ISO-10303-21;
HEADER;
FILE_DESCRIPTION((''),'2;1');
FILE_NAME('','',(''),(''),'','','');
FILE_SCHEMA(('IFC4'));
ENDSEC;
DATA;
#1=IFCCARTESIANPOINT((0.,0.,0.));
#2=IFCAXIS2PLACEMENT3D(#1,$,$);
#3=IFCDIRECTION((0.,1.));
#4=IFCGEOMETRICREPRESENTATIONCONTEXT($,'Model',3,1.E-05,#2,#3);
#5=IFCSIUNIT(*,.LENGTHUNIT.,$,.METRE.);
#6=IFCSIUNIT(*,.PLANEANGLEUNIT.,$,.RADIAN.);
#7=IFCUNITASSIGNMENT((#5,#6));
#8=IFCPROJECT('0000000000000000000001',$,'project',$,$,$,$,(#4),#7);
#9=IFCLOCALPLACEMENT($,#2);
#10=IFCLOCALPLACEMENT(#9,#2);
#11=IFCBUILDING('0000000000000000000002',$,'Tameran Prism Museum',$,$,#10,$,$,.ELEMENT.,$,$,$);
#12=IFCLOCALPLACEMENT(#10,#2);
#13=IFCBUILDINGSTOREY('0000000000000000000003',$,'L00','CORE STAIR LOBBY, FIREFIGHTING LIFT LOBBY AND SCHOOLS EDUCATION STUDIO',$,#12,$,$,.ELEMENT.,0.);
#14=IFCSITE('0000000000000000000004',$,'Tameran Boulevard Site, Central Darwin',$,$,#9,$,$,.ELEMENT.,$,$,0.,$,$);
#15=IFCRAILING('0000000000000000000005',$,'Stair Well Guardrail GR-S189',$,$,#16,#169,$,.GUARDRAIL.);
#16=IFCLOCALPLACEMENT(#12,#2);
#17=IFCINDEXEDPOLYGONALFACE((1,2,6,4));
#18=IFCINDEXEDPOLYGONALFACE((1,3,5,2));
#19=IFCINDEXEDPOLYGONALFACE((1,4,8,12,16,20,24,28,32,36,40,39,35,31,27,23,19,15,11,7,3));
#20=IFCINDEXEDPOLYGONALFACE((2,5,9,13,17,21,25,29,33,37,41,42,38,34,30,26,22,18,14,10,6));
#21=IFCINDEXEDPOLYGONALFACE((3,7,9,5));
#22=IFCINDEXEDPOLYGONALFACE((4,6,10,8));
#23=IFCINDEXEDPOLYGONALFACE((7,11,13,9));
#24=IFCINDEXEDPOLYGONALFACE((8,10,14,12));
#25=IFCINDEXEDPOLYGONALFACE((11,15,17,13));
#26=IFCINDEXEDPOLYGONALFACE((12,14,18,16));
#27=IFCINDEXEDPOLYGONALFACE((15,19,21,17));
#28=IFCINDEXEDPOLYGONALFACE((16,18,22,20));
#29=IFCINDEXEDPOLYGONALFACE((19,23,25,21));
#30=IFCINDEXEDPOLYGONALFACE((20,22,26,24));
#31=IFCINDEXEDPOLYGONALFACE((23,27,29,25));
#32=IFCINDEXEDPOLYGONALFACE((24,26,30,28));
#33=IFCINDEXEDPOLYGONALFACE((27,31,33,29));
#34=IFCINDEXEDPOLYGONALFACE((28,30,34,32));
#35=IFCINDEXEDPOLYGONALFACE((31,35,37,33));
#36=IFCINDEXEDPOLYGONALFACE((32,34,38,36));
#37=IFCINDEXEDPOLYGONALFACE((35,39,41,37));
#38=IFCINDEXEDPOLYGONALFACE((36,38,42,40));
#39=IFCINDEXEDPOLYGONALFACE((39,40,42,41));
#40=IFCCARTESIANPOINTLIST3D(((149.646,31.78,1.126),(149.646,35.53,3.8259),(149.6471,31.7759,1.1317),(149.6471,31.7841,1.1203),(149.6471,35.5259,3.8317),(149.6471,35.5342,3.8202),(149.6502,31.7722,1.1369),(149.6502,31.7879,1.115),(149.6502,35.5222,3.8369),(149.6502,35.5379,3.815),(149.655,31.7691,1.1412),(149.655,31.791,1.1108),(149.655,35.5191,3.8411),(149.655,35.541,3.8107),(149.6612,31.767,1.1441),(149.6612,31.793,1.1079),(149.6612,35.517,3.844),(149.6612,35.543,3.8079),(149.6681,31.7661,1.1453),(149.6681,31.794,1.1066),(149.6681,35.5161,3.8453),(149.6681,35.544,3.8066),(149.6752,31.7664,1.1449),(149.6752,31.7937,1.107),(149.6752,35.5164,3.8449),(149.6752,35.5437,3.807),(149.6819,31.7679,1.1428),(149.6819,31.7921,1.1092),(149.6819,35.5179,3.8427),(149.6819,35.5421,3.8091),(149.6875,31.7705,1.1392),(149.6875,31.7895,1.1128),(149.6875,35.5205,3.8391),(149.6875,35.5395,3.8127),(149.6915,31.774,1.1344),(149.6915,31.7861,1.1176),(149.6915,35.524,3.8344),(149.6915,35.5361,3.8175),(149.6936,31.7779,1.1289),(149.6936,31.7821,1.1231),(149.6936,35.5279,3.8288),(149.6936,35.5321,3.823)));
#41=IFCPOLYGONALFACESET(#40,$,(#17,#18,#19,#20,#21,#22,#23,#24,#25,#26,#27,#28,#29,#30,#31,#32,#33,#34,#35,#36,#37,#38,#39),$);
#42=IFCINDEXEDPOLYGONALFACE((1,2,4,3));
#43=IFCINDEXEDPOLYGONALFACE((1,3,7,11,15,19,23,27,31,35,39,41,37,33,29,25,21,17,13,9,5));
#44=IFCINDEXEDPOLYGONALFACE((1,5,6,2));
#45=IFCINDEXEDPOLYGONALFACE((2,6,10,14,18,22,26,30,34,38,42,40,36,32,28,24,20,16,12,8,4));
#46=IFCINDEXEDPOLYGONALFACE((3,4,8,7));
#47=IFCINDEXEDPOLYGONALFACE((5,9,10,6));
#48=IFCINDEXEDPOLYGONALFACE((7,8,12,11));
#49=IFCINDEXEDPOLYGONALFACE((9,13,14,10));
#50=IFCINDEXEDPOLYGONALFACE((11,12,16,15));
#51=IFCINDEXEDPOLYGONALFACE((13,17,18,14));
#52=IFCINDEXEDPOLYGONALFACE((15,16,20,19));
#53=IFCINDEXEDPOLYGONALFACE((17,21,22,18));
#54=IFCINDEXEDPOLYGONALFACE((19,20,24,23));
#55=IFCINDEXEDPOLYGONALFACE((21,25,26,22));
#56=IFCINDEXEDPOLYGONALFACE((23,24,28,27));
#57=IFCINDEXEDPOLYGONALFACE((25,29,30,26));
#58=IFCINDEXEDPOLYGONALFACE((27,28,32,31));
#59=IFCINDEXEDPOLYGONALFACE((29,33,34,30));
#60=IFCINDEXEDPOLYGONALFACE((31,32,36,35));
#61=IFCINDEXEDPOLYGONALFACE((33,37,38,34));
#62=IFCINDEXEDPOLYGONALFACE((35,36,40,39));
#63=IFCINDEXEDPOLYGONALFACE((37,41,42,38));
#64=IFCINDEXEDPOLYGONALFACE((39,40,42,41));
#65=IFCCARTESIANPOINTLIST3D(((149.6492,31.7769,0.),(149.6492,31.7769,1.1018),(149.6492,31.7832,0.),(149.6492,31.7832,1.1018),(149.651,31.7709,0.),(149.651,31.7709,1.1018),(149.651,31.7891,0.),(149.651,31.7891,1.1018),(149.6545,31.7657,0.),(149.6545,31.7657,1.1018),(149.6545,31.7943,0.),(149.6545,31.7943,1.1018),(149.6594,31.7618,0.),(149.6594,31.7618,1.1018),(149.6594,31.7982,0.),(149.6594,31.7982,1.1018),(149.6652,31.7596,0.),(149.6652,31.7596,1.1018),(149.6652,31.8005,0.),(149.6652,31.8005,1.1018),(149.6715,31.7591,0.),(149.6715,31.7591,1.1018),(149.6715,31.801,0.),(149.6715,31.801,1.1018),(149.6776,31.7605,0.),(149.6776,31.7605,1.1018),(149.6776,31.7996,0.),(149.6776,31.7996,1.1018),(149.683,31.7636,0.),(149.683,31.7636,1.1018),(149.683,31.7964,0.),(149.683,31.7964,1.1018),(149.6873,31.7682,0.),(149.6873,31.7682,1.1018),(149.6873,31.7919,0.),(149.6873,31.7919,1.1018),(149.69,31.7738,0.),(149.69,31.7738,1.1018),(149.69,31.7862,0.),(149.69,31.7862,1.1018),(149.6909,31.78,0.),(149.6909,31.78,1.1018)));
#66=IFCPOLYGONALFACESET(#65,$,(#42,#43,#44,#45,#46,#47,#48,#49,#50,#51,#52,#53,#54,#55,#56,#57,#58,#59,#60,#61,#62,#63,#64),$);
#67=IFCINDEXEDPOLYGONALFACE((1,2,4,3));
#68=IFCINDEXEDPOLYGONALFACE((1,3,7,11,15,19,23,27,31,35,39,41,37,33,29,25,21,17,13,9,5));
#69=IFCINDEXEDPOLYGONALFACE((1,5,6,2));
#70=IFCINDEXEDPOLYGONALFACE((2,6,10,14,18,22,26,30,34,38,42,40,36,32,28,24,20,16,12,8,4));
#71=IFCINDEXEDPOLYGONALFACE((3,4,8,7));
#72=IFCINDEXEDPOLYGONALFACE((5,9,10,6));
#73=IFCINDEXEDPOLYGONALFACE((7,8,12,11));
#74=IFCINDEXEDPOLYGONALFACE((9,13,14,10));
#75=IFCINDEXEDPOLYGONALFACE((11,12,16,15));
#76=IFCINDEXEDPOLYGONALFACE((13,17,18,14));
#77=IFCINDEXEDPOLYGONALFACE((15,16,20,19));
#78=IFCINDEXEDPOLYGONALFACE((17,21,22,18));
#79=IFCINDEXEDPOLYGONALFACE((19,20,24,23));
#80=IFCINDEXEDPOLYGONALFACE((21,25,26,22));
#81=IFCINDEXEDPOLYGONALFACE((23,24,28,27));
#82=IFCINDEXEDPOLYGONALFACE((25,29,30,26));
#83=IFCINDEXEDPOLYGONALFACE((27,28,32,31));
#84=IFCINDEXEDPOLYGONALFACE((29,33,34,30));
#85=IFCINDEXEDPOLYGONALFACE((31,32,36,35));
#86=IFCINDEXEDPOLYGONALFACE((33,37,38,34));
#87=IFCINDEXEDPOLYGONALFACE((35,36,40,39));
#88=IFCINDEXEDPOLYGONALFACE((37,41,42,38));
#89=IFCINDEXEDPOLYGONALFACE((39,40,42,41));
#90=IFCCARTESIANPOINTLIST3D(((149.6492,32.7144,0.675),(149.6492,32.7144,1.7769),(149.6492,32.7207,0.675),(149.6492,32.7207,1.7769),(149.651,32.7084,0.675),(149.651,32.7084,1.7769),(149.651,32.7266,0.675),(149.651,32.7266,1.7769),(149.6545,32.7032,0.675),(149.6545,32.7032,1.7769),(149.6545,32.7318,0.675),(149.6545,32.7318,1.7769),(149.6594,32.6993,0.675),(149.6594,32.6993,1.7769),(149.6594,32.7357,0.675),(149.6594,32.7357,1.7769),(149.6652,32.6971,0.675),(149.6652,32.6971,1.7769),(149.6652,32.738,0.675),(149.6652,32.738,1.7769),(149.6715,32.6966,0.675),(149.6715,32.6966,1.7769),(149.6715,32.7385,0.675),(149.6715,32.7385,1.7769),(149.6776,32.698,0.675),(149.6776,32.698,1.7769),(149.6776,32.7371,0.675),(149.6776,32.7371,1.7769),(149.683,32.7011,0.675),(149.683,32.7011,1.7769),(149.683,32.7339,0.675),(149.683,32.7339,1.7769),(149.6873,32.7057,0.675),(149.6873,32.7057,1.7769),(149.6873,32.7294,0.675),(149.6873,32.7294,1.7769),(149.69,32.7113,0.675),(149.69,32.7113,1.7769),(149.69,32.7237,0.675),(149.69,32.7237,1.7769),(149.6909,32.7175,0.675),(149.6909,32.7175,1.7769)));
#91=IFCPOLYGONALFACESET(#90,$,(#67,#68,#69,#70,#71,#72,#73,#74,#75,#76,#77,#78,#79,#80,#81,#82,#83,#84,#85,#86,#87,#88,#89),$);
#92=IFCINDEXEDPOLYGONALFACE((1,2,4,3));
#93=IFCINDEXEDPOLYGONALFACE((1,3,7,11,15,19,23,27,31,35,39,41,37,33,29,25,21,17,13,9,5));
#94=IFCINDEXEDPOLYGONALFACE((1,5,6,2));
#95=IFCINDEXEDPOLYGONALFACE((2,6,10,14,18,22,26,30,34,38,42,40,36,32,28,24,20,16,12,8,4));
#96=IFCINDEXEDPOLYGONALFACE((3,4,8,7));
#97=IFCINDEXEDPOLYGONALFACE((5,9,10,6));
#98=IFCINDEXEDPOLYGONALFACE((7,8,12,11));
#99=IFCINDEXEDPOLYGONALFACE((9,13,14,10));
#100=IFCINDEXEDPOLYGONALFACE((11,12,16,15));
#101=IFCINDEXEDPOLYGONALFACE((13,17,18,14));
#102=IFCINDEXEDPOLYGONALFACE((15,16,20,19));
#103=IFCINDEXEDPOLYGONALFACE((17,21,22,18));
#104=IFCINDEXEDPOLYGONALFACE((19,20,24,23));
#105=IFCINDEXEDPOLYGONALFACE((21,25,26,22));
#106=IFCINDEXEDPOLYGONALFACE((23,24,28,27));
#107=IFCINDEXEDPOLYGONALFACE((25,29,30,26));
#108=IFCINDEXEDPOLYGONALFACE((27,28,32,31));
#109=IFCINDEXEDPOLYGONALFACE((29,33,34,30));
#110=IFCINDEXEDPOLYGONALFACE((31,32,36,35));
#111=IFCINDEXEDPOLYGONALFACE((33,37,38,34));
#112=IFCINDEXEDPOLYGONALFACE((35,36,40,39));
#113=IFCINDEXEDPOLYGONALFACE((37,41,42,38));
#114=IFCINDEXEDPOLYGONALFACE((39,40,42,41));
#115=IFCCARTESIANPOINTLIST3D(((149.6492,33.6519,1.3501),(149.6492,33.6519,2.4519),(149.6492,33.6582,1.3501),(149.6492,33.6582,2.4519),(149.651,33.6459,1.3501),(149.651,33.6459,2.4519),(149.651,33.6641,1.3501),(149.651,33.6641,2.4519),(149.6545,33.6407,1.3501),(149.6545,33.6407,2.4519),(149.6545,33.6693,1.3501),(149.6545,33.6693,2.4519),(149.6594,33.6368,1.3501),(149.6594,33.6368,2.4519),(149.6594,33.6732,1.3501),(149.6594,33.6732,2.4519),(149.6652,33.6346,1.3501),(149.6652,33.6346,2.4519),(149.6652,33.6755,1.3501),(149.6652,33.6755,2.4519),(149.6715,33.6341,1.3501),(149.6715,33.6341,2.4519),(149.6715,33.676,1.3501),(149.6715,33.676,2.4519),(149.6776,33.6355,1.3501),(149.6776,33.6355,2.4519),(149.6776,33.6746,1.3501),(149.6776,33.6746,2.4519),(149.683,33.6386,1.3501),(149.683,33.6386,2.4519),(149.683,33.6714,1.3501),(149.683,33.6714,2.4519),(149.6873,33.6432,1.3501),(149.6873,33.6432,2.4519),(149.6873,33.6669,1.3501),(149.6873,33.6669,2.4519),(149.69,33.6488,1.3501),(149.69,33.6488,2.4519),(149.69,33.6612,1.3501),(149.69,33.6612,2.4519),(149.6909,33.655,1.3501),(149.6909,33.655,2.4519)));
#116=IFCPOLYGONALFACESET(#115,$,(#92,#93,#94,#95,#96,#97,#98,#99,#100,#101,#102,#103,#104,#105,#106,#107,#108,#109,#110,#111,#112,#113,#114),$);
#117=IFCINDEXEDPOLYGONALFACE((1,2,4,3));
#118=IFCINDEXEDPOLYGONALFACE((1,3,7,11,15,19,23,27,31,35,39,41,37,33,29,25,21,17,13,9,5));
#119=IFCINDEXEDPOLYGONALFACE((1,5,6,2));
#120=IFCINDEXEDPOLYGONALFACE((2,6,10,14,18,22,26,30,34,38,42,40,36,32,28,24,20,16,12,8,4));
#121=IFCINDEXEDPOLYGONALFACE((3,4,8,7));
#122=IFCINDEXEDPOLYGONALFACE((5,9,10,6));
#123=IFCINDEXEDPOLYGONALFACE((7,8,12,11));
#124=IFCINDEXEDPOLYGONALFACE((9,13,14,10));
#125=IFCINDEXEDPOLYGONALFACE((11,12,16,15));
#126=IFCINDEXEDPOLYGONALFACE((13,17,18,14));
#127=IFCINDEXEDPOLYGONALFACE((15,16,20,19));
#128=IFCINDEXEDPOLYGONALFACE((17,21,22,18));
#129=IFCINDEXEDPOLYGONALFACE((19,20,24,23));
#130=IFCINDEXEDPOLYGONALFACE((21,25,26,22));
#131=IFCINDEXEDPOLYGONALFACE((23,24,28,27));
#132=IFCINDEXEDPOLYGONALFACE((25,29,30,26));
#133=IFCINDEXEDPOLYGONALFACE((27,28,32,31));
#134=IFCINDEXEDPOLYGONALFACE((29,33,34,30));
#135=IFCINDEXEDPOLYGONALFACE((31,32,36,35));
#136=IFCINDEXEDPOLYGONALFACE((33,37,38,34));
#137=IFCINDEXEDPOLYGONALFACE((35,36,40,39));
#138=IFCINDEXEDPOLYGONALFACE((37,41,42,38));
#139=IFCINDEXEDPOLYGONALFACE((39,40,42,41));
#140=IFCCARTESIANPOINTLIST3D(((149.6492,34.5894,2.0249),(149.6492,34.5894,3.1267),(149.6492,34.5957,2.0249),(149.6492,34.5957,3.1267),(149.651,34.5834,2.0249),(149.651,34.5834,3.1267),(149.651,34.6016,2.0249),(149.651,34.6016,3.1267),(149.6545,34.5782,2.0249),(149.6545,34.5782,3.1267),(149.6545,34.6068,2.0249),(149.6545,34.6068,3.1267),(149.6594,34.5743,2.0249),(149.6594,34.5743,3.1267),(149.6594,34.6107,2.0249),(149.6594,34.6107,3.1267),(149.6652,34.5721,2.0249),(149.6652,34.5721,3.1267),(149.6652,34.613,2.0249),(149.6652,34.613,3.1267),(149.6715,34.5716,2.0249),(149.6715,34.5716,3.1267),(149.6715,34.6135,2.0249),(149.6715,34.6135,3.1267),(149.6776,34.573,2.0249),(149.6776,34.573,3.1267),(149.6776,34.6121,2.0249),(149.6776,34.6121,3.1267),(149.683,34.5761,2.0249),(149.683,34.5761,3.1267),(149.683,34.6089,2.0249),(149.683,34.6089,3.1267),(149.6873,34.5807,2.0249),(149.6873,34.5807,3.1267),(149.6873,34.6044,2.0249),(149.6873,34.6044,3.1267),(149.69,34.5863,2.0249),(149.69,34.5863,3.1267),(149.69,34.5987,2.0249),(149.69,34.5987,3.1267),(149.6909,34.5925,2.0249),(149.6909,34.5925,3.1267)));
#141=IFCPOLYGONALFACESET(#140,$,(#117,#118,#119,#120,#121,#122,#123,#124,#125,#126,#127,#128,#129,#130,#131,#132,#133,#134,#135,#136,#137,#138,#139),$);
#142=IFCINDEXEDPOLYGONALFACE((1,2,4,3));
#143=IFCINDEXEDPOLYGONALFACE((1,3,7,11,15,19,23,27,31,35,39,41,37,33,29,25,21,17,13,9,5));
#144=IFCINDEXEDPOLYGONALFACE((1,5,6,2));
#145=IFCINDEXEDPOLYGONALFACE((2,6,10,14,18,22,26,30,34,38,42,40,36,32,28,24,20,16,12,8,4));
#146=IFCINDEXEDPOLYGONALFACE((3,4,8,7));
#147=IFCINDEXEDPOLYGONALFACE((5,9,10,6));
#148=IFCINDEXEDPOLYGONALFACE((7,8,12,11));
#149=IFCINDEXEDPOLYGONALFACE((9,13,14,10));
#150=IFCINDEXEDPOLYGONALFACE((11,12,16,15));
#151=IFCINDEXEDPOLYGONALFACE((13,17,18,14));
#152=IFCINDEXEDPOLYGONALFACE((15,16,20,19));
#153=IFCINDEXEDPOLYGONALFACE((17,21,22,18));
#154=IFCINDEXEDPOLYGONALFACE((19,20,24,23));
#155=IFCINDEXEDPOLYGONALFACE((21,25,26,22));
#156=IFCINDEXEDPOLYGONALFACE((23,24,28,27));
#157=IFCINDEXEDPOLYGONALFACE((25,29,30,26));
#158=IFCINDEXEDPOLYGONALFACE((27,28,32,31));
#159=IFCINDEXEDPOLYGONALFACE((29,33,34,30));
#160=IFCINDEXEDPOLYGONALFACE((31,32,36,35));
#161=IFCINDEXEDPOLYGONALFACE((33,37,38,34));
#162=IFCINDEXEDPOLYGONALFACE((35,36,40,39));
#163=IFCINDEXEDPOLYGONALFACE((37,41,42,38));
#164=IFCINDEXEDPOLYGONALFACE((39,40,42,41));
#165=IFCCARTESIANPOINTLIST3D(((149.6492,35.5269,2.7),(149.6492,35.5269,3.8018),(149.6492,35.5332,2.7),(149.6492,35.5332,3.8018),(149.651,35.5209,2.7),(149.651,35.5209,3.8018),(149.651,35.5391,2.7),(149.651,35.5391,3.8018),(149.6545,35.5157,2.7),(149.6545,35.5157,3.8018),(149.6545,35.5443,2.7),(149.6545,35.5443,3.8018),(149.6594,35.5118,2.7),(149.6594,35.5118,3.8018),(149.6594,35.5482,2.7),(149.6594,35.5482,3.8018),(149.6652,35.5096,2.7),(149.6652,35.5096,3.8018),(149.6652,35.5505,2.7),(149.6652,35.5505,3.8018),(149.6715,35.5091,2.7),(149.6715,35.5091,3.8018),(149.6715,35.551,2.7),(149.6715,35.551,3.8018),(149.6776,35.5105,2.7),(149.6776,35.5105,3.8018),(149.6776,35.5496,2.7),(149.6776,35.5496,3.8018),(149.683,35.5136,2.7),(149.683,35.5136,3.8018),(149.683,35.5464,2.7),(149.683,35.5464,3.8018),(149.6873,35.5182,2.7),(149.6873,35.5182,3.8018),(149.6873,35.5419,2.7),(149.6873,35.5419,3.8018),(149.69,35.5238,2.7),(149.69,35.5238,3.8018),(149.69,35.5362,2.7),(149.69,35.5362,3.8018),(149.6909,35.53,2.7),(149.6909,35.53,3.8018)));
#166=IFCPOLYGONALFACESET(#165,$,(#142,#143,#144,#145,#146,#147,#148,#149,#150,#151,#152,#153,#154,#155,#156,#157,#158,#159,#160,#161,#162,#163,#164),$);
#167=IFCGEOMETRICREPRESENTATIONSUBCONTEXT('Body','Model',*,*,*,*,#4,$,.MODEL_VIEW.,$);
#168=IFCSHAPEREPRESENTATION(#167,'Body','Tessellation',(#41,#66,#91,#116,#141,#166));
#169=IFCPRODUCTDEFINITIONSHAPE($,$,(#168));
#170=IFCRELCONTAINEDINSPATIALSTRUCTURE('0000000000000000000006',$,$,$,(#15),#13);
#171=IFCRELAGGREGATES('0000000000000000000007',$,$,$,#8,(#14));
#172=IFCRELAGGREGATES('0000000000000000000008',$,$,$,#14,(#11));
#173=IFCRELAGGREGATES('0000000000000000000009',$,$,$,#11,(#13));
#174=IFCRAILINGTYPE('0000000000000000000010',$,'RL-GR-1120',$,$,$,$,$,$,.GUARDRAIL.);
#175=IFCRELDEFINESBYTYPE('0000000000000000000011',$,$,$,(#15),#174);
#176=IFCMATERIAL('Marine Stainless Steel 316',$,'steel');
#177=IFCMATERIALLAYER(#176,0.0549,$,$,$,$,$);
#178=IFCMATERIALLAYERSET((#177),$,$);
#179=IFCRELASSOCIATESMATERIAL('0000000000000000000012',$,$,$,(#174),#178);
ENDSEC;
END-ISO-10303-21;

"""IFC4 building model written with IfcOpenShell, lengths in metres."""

from ifc_helpers import new_model, si_unit, direction, frame, origin, origin_2d, place, context, subcontext, project, spatial, circle, extrude, material, layer, layer_set, type_object, element, save


model = new_model("IFC4")

# Units and contexts
model_context = context("Model", 3, precision=1e-05, world=origin(), true_north=direction((0.0, 1.0)))
body_context = subcontext(model_context, "Body", "Model", "MODEL_VIEW")
ifc_project = project(units=[si_unit("LENGTHUNIT", "METRE"), si_unit("PLANEANGLEUNIT", "RADIAN")], contexts=[model_context])

# Site, building, storey
site_placement = place(None, origin())
site = spatial("IfcSite", under=ifc_project, at=site_placement, Name="Tameran Boulevard Site, Central Darwin", CompositionType="ELEMENT", RefElevation=0.0)
building_placement = place(site_placement, origin())
building = spatial("IfcBuilding", under=site, at=building_placement, Name="Tameran Prism Museum", CompositionType="ELEMENT")
storey_placement = place(building_placement, origin())
storey = spatial("IfcBuildingStorey", under=building, at=storey_placement, Name="L00", Description="CORE STAIR LOBBY, FIREFIGHTING LIFT LOBBY AND SCHOOLS EDUCATION STUDIO", CompositionType="ELEMENT", Elevation=0.0)

# Railing
ifc_material_1 = material(Name="Marine Stainless Steel 316", Category="steel")
ifc_layer_1 = layer(ifc_material_1, 0.0549)
ifc_layer_set_1 = layer_set([ifc_layer_1])
railing_type_1 = type_object("IfcRailingType", Name="RL-GR-1120", PredefinedType="GUARDRAIL", material=ifc_layer_set_1)
railing_1_placement = place(storey_placement, frame((149.6699, 31.78, 0.0)))
element("IfcRailing", 1, at=railing_1_placement, inside=storey, type_object=railing_type_1, Name="Stair Well Guardrail GR-S189", PredefinedType="GUARDRAIL", context=body_context, shape_type="SweptSolid", body=[
    extrude(circle(Radius=0.0239, at=origin_2d()), frame((0.0, 0.0, 1.126), z_axis=(0.0, 0.811539, 0.584298), x_axis=(-1.0, 0.0, 0.0)), (0.0, 0.0, 1.0), 4.6208),
    extrude(circle(Radius=0.021, at=origin_2d()), origin(), (0.0, 0.0, 1.0), 1.1018),
    extrude(circle(Radius=0.021, at=origin_2d()), frame((0.0, 0.9375, 0.675)), (0.0, 0.0, 1.0), 1.1018),
    extrude(circle(Radius=0.021, at=origin_2d()), frame((0.0, 1.875, 1.3501)), (0.0, 0.0, 1.0), 1.1018),
    extrude(circle(Radius=0.021, at=origin_2d()), frame((0.0, 2.8125, 2.0249)), (0.0, 0.0, 1.0), 1.1018),
    extrude(circle(Radius=0.021, at=origin_2d()), frame((0.0, 3.75, 2.7)), (0.0, 0.0, 1.0), 1.1018),
])

save(model, "model.ifc")
